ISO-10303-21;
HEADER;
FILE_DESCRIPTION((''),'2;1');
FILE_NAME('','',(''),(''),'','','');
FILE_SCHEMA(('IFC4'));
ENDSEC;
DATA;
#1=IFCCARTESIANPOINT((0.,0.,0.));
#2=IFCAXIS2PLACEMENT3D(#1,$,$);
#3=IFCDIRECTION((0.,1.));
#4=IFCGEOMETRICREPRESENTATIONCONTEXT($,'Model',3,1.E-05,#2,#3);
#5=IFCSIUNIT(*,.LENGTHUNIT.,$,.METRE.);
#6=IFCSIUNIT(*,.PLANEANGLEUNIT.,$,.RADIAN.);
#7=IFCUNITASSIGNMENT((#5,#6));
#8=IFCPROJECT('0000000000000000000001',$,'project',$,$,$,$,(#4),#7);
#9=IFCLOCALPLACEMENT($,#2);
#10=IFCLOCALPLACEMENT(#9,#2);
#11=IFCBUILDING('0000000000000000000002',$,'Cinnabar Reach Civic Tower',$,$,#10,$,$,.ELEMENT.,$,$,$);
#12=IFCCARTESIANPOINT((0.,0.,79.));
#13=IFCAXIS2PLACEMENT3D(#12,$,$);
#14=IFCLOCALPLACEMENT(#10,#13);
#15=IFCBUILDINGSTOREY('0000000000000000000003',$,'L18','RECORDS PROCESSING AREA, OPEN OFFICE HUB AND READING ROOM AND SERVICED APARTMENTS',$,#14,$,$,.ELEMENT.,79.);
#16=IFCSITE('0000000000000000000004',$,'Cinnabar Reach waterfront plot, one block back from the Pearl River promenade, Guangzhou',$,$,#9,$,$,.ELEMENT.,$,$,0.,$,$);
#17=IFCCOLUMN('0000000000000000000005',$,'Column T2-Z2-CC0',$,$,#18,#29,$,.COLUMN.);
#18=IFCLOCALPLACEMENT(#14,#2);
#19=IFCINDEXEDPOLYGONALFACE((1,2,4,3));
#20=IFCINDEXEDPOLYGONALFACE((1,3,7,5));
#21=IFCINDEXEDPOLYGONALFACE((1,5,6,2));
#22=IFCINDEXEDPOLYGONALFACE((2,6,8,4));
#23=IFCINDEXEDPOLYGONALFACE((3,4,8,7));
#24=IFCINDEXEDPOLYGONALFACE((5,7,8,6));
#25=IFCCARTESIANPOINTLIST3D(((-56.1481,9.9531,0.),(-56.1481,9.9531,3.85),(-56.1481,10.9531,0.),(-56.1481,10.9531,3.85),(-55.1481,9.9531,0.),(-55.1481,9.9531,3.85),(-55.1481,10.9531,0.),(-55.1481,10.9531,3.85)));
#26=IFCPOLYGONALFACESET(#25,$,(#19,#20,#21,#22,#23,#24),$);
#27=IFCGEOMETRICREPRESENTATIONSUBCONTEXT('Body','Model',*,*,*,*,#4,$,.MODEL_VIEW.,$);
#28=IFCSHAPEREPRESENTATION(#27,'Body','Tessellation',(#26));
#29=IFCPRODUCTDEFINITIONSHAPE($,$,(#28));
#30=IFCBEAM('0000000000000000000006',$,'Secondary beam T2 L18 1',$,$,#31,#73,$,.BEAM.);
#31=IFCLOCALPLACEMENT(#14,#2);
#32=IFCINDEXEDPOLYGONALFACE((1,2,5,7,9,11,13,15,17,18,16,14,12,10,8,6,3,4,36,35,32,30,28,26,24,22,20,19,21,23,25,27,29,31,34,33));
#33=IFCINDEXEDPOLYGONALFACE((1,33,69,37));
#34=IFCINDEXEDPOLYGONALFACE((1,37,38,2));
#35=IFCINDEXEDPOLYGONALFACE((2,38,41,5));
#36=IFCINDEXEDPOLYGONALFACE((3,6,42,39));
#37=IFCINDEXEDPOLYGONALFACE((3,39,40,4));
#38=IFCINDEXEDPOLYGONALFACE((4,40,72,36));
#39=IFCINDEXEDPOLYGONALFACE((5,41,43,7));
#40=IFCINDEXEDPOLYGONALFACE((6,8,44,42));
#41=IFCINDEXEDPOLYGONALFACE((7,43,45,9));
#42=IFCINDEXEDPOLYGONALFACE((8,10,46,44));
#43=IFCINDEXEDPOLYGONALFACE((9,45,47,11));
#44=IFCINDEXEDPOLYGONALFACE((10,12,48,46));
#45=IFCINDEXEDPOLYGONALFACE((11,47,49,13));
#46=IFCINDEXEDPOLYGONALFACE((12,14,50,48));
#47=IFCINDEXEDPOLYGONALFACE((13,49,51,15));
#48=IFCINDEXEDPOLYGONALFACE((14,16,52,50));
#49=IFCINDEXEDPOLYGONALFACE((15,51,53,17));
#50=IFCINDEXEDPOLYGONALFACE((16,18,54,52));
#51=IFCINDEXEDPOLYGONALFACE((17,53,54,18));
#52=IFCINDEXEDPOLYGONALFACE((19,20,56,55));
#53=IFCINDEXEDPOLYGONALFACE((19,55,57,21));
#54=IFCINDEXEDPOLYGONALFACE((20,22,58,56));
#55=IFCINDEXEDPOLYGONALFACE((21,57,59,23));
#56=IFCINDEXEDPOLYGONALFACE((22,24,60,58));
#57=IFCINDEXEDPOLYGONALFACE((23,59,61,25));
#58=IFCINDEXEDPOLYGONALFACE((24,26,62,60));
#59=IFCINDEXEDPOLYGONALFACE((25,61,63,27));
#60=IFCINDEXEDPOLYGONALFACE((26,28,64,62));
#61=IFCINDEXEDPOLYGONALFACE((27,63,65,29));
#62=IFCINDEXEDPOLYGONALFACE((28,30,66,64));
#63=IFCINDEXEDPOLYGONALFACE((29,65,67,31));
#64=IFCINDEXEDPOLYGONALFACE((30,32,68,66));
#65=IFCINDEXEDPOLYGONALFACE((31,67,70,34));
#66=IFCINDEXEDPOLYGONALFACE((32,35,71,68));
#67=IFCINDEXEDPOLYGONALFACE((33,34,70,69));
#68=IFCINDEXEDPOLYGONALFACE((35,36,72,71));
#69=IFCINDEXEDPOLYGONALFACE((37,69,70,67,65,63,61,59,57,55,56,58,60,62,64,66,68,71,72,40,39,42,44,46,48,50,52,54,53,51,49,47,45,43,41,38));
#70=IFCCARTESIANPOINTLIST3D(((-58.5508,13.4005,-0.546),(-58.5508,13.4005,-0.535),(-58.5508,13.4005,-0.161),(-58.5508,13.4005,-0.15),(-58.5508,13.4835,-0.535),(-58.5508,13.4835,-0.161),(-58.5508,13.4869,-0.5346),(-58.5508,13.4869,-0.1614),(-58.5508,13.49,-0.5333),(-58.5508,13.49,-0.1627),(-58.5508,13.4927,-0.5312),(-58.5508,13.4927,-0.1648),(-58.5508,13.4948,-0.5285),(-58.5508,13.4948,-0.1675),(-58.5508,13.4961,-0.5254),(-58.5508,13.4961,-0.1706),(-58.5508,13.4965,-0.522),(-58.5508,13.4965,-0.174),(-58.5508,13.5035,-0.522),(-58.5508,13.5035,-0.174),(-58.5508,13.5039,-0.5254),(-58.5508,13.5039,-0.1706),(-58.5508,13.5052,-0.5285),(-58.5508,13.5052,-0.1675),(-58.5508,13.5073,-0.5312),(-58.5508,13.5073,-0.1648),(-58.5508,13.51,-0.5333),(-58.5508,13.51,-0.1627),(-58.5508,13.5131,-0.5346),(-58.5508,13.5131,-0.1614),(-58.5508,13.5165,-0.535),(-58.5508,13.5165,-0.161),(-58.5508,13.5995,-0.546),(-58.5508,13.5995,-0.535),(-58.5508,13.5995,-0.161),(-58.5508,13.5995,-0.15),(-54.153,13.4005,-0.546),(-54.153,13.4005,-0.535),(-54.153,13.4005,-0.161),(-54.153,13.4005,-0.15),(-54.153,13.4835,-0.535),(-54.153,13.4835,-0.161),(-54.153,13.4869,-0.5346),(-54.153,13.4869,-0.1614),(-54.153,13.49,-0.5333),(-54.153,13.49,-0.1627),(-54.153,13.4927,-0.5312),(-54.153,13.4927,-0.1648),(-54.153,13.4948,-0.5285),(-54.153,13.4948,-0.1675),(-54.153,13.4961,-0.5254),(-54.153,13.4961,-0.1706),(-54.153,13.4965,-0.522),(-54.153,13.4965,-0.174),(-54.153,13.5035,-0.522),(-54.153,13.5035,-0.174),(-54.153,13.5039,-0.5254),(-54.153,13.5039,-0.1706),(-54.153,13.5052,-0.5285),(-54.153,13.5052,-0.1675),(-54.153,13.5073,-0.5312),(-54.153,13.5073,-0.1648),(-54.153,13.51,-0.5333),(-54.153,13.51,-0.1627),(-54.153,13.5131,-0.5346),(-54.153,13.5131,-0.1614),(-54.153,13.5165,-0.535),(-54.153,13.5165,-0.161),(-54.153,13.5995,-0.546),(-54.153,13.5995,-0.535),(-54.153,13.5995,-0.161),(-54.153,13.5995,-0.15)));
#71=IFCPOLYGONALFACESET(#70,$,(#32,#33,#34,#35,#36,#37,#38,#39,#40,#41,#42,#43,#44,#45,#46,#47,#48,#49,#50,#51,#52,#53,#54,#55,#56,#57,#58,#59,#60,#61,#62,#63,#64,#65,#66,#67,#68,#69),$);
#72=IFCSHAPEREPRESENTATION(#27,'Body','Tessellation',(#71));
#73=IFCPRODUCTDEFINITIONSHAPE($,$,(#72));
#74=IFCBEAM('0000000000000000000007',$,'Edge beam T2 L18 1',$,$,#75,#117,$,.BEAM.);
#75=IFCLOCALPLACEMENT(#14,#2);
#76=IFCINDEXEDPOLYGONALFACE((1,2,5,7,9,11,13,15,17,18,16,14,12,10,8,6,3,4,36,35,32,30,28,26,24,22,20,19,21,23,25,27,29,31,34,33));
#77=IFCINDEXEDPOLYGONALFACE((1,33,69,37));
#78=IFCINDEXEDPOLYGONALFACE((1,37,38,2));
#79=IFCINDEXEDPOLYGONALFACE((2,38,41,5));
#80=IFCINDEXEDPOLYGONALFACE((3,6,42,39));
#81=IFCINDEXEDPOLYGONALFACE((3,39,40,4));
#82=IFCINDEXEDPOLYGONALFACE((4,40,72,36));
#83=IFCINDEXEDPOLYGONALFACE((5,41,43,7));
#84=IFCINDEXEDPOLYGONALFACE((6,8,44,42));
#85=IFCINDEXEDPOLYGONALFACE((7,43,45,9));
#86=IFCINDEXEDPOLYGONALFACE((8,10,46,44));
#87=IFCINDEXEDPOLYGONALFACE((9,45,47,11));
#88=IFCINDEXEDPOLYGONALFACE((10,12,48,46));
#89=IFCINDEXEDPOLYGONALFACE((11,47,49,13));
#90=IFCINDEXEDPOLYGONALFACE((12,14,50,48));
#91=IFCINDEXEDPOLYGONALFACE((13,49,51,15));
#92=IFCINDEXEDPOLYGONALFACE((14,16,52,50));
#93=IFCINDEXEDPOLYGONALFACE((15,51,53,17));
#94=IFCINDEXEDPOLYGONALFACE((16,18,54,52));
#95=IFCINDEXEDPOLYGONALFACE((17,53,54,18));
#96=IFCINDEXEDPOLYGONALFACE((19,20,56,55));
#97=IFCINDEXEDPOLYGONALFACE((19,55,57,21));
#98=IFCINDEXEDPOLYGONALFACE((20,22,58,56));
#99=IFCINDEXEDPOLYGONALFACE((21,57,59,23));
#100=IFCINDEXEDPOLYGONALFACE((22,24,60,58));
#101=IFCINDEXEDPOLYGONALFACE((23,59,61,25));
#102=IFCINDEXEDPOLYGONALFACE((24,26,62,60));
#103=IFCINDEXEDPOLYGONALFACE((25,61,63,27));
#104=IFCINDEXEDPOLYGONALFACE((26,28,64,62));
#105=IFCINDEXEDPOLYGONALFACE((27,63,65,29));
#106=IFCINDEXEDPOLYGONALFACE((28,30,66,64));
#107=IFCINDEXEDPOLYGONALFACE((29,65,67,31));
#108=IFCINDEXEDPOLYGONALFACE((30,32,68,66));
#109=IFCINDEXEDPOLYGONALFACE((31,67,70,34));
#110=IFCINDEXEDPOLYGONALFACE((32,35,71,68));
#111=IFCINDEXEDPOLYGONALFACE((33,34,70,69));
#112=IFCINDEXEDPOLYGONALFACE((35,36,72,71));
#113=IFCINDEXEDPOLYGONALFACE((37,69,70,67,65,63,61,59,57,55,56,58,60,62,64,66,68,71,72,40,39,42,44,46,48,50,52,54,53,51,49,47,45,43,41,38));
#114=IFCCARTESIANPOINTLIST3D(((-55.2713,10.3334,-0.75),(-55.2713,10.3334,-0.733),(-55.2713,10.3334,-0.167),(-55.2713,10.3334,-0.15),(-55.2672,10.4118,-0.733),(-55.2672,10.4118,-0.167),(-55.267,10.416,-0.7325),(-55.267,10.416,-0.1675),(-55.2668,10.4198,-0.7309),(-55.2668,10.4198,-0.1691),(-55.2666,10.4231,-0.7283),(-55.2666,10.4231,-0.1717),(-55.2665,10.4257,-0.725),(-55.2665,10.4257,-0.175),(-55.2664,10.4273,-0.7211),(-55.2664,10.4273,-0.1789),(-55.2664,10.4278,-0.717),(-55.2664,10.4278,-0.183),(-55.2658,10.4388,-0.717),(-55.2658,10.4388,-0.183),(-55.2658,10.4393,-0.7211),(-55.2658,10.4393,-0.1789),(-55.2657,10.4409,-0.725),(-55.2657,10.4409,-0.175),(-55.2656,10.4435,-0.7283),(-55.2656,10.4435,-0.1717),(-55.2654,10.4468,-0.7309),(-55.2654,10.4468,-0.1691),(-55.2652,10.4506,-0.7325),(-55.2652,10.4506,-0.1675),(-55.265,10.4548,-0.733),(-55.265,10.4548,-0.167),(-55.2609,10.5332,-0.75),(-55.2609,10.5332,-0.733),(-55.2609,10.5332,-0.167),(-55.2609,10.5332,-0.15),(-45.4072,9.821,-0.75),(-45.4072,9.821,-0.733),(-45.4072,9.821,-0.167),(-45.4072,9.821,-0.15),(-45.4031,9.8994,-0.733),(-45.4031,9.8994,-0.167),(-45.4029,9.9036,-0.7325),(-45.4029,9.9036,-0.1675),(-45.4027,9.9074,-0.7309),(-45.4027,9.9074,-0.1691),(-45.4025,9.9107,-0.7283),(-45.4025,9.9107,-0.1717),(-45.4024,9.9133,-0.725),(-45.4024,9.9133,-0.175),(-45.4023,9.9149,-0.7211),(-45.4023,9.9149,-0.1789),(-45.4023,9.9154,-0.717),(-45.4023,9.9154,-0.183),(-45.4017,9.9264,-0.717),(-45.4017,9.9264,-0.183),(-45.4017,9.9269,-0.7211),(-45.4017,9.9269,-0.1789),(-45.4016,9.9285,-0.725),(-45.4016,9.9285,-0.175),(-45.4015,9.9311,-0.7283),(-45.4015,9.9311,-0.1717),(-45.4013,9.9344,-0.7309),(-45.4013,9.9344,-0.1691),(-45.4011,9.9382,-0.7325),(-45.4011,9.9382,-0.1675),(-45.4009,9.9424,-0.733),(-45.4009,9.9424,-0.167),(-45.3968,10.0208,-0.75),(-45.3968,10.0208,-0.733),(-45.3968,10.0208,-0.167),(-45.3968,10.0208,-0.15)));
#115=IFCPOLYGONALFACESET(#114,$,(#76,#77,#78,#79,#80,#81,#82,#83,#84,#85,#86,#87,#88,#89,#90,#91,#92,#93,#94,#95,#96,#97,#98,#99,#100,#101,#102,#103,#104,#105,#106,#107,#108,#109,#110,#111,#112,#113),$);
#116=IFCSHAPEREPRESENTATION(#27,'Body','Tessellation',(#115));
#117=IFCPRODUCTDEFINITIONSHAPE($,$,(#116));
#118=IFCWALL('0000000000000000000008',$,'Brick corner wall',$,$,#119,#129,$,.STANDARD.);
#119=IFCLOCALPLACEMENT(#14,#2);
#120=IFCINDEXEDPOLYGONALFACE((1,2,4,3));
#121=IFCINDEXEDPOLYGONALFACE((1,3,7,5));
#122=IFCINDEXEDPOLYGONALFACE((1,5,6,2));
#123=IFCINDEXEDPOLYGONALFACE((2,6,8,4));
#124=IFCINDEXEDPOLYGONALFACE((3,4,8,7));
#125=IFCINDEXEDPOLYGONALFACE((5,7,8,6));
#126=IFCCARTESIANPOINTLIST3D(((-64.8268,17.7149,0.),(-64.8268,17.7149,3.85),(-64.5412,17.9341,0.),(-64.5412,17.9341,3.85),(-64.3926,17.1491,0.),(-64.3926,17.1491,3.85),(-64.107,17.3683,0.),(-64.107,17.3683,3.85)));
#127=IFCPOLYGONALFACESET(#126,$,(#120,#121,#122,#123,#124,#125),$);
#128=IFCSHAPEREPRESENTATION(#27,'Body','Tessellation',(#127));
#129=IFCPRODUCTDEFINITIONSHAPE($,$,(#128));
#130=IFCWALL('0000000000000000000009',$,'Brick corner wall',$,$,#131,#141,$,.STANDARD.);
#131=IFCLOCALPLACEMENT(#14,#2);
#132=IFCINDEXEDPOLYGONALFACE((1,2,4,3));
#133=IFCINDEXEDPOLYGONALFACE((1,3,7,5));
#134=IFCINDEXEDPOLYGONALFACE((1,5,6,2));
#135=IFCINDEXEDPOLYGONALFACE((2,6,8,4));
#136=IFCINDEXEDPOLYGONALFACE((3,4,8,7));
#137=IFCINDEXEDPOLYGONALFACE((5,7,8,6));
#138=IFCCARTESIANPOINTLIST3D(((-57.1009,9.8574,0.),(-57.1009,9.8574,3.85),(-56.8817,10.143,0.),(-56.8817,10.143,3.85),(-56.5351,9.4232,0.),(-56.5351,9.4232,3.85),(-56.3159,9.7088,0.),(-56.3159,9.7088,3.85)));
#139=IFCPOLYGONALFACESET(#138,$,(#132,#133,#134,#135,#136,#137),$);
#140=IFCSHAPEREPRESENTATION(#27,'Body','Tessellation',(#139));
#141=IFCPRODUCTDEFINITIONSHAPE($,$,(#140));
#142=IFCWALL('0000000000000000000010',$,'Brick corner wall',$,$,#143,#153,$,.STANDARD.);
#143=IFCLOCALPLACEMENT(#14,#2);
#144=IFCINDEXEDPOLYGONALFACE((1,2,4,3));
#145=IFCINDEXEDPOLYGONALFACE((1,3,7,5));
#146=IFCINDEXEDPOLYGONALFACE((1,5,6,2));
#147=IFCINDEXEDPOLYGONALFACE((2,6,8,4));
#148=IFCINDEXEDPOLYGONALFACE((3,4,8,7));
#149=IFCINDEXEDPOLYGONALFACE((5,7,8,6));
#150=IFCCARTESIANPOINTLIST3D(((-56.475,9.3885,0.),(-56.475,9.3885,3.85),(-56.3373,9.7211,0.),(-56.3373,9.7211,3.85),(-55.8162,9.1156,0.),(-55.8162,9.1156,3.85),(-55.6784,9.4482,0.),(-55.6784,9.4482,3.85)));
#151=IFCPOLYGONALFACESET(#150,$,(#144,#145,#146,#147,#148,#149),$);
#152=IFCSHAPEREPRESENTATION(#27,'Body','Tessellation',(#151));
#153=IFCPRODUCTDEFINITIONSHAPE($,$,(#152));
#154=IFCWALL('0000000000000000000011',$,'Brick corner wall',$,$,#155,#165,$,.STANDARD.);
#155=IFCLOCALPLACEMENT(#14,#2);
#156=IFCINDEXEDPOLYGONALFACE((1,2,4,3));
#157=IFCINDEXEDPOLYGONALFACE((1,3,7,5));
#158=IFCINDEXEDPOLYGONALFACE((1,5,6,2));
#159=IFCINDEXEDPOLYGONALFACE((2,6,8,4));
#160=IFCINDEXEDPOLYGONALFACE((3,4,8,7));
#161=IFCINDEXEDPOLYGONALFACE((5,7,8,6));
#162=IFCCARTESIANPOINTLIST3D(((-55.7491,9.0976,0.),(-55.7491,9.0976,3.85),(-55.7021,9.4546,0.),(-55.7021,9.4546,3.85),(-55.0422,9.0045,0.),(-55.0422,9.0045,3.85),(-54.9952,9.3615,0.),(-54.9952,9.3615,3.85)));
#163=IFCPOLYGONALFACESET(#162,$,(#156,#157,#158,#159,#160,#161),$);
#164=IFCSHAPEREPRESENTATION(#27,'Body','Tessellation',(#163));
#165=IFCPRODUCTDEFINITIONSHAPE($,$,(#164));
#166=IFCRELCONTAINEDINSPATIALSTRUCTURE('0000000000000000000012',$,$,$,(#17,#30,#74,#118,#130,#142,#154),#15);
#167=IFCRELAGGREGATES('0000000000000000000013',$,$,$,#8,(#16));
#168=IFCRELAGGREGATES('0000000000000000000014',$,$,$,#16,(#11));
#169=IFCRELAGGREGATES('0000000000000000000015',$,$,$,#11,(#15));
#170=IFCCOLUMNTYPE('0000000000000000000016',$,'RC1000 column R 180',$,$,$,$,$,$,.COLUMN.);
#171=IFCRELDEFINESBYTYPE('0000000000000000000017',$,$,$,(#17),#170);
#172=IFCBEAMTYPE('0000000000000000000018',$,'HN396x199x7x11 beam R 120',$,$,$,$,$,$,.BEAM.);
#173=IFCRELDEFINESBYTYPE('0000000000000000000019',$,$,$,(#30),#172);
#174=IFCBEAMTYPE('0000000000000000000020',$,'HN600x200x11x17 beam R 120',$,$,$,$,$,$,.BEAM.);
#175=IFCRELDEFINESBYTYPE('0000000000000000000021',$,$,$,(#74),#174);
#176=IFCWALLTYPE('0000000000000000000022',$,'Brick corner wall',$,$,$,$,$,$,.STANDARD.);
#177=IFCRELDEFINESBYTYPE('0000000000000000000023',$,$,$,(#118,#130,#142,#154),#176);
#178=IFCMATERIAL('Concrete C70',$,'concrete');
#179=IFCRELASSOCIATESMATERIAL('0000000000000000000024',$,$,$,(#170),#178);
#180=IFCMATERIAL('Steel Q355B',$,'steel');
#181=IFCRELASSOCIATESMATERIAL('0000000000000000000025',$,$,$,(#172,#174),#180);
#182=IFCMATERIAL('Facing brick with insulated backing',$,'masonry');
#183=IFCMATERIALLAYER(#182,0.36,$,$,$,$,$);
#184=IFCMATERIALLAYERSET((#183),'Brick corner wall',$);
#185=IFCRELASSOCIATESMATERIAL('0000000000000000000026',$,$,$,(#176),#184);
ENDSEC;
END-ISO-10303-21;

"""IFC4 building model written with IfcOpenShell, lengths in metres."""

from ifc_helpers import new_model, si_unit, direction, frame, frame_2d, origin, origin_2d, place, context, subcontext, project, spatial, rectangle, i_section, extrude, material, layer, layer_set, material_profile, profile_set, type_object, element, save


model = new_model("IFC4")

# Units and contexts
model_context = context("Model", 3, precision=1e-05, world=origin(), true_north=direction((0.0, 1.0)))
body_context = subcontext(model_context, "Body", "Model", "MODEL_VIEW")
ifc_project = project(units=[si_unit("LENGTHUNIT", "METRE"), si_unit("PLANEANGLEUNIT", "RADIAN")], contexts=[model_context])

# Site, building, storey
site_placement = place(None, origin())
site = spatial("IfcSite", under=ifc_project, at=site_placement, Name="Cinnabar Reach waterfront plot, one block back from the Pearl River promenade, Guangzhou", CompositionType="ELEMENT", RefElevation=0.0)
building_placement = place(site_placement, origin())
building = spatial("IfcBuilding", under=site, at=building_placement, Name="Cinnabar Reach Civic Tower", CompositionType="ELEMENT")
storey_placement = place(building_placement, frame((0.0, 0.0, 79.0)))
storey = spatial("IfcBuildingStorey", under=building, at=storey_placement, Name="L18", Description="RECORDS PROCESSING AREA, OPEN OFFICE HUB AND READING ROOM AND SERVICED APARTMENTS", CompositionType="ELEMENT", Elevation=79.0)

# Column
ifc_material_1 = material(Name="Concrete C70", Category="concrete")
ifc_material_profile_1 = material_profile(ifc_material_1, rectangle(XDim=1.0, YDim=1.0, at=origin_2d()), Name="RC1000")
ifc_profile_set_1 = profile_set([ifc_material_profile_1], Name="Concrete C70")
column_type = type_object("IfcColumnType", Name="RC1000 column R 180", PredefinedType="COLUMN", material=ifc_profile_set_1)
column_placement = place(storey_placement, frame((-55.6481, 10.4531, 0.0), z_axis=(0.0, 0.0, 1.0), x_axis=(1.0, 0.0, 0.0)))
element("IfcColumn", 1, at=column_placement, inside=storey, type_object=column_type, Name="Column T2-Z2-CC0", PredefinedType="COLUMN", context=body_context, shape_type="SweptSolid", body=[
    extrude(rectangle(XDim=1.0, YDim=1.0, at=origin_2d()), origin(), (0.0, 0.0, 1.0), 3.85),
])

# Beams
ifc_material_2 = material(Name="Steel Q355B", Category="steel")
ifc_material_profile_2 = material_profile(ifc_material_2, i_section(OverallWidth=0.199, OverallDepth=0.396, WebThickness=0.007, FlangeThickness=0.011, FilletRadius=0.013, at=origin_2d()), Name="HN396x199x7x11")
ifc_profile_set_2 = profile_set([ifc_material_profile_2], Name="Steel Q355B")
beam_type_1 = type_object("IfcBeamType", Name="HN396x199x7x11 beam R 120", PredefinedType="BEAM", material=ifc_profile_set_2)
beam_1_placement = place(storey_placement, frame((-58.5508, 13.5, -0.348), z_axis=(1.0, 0.0, 0.0), x_axis=(0.0, 1.0, 0.0)))
element("IfcBeam", 2, at=beam_1_placement, inside=storey, type_object=beam_type_1, Name="Secondary beam T2 L18 1", PredefinedType="BEAM", context=body_context, shape_type="SweptSolid", body=[
    extrude(i_section(OverallWidth=0.199, OverallDepth=0.396, WebThickness=0.007, FlangeThickness=0.011, FilletRadius=0.013, at=origin_2d()), origin(), (0.0, 0.0, 1.0), 4.3978),
])
ifc_material_profile_3 = material_profile(ifc_material_2, i_section(OverallWidth=0.2, OverallDepth=0.6, WebThickness=0.011, FlangeThickness=0.017, FilletRadius=0.016, at=origin_2d()), Name="HN600x200x11x17")
ifc_profile_set_3 = profile_set([ifc_material_profile_3], Name="Steel Q355B")
beam_type_2 = type_object("IfcBeamType", Name="HN600x200x11x17 beam R 120", PredefinedType="BEAM", material=ifc_profile_set_3)
beam_2_placement = place(storey_placement, frame((-55.2661, 10.4333, -0.45), z_axis=(0.998654, -0.051876, 0.0), x_axis=(0.051876, 0.998654, 0.0)))
element("IfcBeam", 3, at=beam_2_placement, inside=storey, type_object=beam_type_2, Name="Edge beam T2 L18 1", PredefinedType="BEAM", context=body_context, shape_type="SweptSolid", body=[
    extrude(i_section(OverallWidth=0.2, OverallDepth=0.6, WebThickness=0.011, FlangeThickness=0.017, FilletRadius=0.016, at=origin_2d()), origin(), (0.0, 0.0, 1.0), 9.8774),
])

# Walls
ifc_material_3 = material(Name="Facing brick with insulated backing", Category="masonry")
ifc_layer_1 = layer(ifc_material_3, 0.36)
ifc_layer_set_1 = layer_set([ifc_layer_1], Name="Brick corner wall")
wall_type_1 = type_object("IfcWallType", Name="Brick corner wall", PredefinedType="STANDARD", material=ifc_layer_set_1)
for number, where, z_axis, x_axis, name in (
    (4, (-64.684, 17.8245, 0.0), (0.0, 0.0, 1.0), (0.608802, -0.793322, 0.0), "Brick corner wall"),
    (5, (-56.9913, 10.0002, 0.0), (0.0, 0.0, 1.0), (0.793322, -0.608802, 0.0), "Brick corner wall"),
):
    element("IfcWall", number, at=place(storey_placement, frame(where, z_axis=z_axis, x_axis=x_axis)), inside=storey, type_object=wall_type_1, Name=name, PredefinedType="STANDARD", context=body_context, shape_type="SweptSolid", body=[
        extrude(rectangle(XDim=0.7132, YDim=0.36, at=frame_2d((0.3566, 0.0))), origin(), (0.0, 0.0, 1.0), 3.85),
    ])
for number, where, z_axis, x_axis, name in (
    (6, (-56.4061, 9.5548, 0.0), (0.0, 0.0, 1.0), (0.923872, -0.382703, 0.0), "Brick corner wall"),
    (7, (-55.7256, 9.2761, 0.0), (0.0, 0.0, 1.0), (0.991441, -0.130556, 0.0), "Brick corner wall"),
):
    element("IfcWall", number, at=place(storey_placement, frame(where, z_axis=z_axis, x_axis=x_axis)), inside=storey, type_object=wall_type_1, Name=name, PredefinedType="STANDARD", context=body_context, shape_type="SweptSolid", body=[
        extrude(rectangle(XDim=0.7131, YDim=0.36, at=frame_2d((0.3565, 0.0))), origin(), (0.0, 0.0, 1.0), 3.85),
    ])

save(model, "model.ifc")
